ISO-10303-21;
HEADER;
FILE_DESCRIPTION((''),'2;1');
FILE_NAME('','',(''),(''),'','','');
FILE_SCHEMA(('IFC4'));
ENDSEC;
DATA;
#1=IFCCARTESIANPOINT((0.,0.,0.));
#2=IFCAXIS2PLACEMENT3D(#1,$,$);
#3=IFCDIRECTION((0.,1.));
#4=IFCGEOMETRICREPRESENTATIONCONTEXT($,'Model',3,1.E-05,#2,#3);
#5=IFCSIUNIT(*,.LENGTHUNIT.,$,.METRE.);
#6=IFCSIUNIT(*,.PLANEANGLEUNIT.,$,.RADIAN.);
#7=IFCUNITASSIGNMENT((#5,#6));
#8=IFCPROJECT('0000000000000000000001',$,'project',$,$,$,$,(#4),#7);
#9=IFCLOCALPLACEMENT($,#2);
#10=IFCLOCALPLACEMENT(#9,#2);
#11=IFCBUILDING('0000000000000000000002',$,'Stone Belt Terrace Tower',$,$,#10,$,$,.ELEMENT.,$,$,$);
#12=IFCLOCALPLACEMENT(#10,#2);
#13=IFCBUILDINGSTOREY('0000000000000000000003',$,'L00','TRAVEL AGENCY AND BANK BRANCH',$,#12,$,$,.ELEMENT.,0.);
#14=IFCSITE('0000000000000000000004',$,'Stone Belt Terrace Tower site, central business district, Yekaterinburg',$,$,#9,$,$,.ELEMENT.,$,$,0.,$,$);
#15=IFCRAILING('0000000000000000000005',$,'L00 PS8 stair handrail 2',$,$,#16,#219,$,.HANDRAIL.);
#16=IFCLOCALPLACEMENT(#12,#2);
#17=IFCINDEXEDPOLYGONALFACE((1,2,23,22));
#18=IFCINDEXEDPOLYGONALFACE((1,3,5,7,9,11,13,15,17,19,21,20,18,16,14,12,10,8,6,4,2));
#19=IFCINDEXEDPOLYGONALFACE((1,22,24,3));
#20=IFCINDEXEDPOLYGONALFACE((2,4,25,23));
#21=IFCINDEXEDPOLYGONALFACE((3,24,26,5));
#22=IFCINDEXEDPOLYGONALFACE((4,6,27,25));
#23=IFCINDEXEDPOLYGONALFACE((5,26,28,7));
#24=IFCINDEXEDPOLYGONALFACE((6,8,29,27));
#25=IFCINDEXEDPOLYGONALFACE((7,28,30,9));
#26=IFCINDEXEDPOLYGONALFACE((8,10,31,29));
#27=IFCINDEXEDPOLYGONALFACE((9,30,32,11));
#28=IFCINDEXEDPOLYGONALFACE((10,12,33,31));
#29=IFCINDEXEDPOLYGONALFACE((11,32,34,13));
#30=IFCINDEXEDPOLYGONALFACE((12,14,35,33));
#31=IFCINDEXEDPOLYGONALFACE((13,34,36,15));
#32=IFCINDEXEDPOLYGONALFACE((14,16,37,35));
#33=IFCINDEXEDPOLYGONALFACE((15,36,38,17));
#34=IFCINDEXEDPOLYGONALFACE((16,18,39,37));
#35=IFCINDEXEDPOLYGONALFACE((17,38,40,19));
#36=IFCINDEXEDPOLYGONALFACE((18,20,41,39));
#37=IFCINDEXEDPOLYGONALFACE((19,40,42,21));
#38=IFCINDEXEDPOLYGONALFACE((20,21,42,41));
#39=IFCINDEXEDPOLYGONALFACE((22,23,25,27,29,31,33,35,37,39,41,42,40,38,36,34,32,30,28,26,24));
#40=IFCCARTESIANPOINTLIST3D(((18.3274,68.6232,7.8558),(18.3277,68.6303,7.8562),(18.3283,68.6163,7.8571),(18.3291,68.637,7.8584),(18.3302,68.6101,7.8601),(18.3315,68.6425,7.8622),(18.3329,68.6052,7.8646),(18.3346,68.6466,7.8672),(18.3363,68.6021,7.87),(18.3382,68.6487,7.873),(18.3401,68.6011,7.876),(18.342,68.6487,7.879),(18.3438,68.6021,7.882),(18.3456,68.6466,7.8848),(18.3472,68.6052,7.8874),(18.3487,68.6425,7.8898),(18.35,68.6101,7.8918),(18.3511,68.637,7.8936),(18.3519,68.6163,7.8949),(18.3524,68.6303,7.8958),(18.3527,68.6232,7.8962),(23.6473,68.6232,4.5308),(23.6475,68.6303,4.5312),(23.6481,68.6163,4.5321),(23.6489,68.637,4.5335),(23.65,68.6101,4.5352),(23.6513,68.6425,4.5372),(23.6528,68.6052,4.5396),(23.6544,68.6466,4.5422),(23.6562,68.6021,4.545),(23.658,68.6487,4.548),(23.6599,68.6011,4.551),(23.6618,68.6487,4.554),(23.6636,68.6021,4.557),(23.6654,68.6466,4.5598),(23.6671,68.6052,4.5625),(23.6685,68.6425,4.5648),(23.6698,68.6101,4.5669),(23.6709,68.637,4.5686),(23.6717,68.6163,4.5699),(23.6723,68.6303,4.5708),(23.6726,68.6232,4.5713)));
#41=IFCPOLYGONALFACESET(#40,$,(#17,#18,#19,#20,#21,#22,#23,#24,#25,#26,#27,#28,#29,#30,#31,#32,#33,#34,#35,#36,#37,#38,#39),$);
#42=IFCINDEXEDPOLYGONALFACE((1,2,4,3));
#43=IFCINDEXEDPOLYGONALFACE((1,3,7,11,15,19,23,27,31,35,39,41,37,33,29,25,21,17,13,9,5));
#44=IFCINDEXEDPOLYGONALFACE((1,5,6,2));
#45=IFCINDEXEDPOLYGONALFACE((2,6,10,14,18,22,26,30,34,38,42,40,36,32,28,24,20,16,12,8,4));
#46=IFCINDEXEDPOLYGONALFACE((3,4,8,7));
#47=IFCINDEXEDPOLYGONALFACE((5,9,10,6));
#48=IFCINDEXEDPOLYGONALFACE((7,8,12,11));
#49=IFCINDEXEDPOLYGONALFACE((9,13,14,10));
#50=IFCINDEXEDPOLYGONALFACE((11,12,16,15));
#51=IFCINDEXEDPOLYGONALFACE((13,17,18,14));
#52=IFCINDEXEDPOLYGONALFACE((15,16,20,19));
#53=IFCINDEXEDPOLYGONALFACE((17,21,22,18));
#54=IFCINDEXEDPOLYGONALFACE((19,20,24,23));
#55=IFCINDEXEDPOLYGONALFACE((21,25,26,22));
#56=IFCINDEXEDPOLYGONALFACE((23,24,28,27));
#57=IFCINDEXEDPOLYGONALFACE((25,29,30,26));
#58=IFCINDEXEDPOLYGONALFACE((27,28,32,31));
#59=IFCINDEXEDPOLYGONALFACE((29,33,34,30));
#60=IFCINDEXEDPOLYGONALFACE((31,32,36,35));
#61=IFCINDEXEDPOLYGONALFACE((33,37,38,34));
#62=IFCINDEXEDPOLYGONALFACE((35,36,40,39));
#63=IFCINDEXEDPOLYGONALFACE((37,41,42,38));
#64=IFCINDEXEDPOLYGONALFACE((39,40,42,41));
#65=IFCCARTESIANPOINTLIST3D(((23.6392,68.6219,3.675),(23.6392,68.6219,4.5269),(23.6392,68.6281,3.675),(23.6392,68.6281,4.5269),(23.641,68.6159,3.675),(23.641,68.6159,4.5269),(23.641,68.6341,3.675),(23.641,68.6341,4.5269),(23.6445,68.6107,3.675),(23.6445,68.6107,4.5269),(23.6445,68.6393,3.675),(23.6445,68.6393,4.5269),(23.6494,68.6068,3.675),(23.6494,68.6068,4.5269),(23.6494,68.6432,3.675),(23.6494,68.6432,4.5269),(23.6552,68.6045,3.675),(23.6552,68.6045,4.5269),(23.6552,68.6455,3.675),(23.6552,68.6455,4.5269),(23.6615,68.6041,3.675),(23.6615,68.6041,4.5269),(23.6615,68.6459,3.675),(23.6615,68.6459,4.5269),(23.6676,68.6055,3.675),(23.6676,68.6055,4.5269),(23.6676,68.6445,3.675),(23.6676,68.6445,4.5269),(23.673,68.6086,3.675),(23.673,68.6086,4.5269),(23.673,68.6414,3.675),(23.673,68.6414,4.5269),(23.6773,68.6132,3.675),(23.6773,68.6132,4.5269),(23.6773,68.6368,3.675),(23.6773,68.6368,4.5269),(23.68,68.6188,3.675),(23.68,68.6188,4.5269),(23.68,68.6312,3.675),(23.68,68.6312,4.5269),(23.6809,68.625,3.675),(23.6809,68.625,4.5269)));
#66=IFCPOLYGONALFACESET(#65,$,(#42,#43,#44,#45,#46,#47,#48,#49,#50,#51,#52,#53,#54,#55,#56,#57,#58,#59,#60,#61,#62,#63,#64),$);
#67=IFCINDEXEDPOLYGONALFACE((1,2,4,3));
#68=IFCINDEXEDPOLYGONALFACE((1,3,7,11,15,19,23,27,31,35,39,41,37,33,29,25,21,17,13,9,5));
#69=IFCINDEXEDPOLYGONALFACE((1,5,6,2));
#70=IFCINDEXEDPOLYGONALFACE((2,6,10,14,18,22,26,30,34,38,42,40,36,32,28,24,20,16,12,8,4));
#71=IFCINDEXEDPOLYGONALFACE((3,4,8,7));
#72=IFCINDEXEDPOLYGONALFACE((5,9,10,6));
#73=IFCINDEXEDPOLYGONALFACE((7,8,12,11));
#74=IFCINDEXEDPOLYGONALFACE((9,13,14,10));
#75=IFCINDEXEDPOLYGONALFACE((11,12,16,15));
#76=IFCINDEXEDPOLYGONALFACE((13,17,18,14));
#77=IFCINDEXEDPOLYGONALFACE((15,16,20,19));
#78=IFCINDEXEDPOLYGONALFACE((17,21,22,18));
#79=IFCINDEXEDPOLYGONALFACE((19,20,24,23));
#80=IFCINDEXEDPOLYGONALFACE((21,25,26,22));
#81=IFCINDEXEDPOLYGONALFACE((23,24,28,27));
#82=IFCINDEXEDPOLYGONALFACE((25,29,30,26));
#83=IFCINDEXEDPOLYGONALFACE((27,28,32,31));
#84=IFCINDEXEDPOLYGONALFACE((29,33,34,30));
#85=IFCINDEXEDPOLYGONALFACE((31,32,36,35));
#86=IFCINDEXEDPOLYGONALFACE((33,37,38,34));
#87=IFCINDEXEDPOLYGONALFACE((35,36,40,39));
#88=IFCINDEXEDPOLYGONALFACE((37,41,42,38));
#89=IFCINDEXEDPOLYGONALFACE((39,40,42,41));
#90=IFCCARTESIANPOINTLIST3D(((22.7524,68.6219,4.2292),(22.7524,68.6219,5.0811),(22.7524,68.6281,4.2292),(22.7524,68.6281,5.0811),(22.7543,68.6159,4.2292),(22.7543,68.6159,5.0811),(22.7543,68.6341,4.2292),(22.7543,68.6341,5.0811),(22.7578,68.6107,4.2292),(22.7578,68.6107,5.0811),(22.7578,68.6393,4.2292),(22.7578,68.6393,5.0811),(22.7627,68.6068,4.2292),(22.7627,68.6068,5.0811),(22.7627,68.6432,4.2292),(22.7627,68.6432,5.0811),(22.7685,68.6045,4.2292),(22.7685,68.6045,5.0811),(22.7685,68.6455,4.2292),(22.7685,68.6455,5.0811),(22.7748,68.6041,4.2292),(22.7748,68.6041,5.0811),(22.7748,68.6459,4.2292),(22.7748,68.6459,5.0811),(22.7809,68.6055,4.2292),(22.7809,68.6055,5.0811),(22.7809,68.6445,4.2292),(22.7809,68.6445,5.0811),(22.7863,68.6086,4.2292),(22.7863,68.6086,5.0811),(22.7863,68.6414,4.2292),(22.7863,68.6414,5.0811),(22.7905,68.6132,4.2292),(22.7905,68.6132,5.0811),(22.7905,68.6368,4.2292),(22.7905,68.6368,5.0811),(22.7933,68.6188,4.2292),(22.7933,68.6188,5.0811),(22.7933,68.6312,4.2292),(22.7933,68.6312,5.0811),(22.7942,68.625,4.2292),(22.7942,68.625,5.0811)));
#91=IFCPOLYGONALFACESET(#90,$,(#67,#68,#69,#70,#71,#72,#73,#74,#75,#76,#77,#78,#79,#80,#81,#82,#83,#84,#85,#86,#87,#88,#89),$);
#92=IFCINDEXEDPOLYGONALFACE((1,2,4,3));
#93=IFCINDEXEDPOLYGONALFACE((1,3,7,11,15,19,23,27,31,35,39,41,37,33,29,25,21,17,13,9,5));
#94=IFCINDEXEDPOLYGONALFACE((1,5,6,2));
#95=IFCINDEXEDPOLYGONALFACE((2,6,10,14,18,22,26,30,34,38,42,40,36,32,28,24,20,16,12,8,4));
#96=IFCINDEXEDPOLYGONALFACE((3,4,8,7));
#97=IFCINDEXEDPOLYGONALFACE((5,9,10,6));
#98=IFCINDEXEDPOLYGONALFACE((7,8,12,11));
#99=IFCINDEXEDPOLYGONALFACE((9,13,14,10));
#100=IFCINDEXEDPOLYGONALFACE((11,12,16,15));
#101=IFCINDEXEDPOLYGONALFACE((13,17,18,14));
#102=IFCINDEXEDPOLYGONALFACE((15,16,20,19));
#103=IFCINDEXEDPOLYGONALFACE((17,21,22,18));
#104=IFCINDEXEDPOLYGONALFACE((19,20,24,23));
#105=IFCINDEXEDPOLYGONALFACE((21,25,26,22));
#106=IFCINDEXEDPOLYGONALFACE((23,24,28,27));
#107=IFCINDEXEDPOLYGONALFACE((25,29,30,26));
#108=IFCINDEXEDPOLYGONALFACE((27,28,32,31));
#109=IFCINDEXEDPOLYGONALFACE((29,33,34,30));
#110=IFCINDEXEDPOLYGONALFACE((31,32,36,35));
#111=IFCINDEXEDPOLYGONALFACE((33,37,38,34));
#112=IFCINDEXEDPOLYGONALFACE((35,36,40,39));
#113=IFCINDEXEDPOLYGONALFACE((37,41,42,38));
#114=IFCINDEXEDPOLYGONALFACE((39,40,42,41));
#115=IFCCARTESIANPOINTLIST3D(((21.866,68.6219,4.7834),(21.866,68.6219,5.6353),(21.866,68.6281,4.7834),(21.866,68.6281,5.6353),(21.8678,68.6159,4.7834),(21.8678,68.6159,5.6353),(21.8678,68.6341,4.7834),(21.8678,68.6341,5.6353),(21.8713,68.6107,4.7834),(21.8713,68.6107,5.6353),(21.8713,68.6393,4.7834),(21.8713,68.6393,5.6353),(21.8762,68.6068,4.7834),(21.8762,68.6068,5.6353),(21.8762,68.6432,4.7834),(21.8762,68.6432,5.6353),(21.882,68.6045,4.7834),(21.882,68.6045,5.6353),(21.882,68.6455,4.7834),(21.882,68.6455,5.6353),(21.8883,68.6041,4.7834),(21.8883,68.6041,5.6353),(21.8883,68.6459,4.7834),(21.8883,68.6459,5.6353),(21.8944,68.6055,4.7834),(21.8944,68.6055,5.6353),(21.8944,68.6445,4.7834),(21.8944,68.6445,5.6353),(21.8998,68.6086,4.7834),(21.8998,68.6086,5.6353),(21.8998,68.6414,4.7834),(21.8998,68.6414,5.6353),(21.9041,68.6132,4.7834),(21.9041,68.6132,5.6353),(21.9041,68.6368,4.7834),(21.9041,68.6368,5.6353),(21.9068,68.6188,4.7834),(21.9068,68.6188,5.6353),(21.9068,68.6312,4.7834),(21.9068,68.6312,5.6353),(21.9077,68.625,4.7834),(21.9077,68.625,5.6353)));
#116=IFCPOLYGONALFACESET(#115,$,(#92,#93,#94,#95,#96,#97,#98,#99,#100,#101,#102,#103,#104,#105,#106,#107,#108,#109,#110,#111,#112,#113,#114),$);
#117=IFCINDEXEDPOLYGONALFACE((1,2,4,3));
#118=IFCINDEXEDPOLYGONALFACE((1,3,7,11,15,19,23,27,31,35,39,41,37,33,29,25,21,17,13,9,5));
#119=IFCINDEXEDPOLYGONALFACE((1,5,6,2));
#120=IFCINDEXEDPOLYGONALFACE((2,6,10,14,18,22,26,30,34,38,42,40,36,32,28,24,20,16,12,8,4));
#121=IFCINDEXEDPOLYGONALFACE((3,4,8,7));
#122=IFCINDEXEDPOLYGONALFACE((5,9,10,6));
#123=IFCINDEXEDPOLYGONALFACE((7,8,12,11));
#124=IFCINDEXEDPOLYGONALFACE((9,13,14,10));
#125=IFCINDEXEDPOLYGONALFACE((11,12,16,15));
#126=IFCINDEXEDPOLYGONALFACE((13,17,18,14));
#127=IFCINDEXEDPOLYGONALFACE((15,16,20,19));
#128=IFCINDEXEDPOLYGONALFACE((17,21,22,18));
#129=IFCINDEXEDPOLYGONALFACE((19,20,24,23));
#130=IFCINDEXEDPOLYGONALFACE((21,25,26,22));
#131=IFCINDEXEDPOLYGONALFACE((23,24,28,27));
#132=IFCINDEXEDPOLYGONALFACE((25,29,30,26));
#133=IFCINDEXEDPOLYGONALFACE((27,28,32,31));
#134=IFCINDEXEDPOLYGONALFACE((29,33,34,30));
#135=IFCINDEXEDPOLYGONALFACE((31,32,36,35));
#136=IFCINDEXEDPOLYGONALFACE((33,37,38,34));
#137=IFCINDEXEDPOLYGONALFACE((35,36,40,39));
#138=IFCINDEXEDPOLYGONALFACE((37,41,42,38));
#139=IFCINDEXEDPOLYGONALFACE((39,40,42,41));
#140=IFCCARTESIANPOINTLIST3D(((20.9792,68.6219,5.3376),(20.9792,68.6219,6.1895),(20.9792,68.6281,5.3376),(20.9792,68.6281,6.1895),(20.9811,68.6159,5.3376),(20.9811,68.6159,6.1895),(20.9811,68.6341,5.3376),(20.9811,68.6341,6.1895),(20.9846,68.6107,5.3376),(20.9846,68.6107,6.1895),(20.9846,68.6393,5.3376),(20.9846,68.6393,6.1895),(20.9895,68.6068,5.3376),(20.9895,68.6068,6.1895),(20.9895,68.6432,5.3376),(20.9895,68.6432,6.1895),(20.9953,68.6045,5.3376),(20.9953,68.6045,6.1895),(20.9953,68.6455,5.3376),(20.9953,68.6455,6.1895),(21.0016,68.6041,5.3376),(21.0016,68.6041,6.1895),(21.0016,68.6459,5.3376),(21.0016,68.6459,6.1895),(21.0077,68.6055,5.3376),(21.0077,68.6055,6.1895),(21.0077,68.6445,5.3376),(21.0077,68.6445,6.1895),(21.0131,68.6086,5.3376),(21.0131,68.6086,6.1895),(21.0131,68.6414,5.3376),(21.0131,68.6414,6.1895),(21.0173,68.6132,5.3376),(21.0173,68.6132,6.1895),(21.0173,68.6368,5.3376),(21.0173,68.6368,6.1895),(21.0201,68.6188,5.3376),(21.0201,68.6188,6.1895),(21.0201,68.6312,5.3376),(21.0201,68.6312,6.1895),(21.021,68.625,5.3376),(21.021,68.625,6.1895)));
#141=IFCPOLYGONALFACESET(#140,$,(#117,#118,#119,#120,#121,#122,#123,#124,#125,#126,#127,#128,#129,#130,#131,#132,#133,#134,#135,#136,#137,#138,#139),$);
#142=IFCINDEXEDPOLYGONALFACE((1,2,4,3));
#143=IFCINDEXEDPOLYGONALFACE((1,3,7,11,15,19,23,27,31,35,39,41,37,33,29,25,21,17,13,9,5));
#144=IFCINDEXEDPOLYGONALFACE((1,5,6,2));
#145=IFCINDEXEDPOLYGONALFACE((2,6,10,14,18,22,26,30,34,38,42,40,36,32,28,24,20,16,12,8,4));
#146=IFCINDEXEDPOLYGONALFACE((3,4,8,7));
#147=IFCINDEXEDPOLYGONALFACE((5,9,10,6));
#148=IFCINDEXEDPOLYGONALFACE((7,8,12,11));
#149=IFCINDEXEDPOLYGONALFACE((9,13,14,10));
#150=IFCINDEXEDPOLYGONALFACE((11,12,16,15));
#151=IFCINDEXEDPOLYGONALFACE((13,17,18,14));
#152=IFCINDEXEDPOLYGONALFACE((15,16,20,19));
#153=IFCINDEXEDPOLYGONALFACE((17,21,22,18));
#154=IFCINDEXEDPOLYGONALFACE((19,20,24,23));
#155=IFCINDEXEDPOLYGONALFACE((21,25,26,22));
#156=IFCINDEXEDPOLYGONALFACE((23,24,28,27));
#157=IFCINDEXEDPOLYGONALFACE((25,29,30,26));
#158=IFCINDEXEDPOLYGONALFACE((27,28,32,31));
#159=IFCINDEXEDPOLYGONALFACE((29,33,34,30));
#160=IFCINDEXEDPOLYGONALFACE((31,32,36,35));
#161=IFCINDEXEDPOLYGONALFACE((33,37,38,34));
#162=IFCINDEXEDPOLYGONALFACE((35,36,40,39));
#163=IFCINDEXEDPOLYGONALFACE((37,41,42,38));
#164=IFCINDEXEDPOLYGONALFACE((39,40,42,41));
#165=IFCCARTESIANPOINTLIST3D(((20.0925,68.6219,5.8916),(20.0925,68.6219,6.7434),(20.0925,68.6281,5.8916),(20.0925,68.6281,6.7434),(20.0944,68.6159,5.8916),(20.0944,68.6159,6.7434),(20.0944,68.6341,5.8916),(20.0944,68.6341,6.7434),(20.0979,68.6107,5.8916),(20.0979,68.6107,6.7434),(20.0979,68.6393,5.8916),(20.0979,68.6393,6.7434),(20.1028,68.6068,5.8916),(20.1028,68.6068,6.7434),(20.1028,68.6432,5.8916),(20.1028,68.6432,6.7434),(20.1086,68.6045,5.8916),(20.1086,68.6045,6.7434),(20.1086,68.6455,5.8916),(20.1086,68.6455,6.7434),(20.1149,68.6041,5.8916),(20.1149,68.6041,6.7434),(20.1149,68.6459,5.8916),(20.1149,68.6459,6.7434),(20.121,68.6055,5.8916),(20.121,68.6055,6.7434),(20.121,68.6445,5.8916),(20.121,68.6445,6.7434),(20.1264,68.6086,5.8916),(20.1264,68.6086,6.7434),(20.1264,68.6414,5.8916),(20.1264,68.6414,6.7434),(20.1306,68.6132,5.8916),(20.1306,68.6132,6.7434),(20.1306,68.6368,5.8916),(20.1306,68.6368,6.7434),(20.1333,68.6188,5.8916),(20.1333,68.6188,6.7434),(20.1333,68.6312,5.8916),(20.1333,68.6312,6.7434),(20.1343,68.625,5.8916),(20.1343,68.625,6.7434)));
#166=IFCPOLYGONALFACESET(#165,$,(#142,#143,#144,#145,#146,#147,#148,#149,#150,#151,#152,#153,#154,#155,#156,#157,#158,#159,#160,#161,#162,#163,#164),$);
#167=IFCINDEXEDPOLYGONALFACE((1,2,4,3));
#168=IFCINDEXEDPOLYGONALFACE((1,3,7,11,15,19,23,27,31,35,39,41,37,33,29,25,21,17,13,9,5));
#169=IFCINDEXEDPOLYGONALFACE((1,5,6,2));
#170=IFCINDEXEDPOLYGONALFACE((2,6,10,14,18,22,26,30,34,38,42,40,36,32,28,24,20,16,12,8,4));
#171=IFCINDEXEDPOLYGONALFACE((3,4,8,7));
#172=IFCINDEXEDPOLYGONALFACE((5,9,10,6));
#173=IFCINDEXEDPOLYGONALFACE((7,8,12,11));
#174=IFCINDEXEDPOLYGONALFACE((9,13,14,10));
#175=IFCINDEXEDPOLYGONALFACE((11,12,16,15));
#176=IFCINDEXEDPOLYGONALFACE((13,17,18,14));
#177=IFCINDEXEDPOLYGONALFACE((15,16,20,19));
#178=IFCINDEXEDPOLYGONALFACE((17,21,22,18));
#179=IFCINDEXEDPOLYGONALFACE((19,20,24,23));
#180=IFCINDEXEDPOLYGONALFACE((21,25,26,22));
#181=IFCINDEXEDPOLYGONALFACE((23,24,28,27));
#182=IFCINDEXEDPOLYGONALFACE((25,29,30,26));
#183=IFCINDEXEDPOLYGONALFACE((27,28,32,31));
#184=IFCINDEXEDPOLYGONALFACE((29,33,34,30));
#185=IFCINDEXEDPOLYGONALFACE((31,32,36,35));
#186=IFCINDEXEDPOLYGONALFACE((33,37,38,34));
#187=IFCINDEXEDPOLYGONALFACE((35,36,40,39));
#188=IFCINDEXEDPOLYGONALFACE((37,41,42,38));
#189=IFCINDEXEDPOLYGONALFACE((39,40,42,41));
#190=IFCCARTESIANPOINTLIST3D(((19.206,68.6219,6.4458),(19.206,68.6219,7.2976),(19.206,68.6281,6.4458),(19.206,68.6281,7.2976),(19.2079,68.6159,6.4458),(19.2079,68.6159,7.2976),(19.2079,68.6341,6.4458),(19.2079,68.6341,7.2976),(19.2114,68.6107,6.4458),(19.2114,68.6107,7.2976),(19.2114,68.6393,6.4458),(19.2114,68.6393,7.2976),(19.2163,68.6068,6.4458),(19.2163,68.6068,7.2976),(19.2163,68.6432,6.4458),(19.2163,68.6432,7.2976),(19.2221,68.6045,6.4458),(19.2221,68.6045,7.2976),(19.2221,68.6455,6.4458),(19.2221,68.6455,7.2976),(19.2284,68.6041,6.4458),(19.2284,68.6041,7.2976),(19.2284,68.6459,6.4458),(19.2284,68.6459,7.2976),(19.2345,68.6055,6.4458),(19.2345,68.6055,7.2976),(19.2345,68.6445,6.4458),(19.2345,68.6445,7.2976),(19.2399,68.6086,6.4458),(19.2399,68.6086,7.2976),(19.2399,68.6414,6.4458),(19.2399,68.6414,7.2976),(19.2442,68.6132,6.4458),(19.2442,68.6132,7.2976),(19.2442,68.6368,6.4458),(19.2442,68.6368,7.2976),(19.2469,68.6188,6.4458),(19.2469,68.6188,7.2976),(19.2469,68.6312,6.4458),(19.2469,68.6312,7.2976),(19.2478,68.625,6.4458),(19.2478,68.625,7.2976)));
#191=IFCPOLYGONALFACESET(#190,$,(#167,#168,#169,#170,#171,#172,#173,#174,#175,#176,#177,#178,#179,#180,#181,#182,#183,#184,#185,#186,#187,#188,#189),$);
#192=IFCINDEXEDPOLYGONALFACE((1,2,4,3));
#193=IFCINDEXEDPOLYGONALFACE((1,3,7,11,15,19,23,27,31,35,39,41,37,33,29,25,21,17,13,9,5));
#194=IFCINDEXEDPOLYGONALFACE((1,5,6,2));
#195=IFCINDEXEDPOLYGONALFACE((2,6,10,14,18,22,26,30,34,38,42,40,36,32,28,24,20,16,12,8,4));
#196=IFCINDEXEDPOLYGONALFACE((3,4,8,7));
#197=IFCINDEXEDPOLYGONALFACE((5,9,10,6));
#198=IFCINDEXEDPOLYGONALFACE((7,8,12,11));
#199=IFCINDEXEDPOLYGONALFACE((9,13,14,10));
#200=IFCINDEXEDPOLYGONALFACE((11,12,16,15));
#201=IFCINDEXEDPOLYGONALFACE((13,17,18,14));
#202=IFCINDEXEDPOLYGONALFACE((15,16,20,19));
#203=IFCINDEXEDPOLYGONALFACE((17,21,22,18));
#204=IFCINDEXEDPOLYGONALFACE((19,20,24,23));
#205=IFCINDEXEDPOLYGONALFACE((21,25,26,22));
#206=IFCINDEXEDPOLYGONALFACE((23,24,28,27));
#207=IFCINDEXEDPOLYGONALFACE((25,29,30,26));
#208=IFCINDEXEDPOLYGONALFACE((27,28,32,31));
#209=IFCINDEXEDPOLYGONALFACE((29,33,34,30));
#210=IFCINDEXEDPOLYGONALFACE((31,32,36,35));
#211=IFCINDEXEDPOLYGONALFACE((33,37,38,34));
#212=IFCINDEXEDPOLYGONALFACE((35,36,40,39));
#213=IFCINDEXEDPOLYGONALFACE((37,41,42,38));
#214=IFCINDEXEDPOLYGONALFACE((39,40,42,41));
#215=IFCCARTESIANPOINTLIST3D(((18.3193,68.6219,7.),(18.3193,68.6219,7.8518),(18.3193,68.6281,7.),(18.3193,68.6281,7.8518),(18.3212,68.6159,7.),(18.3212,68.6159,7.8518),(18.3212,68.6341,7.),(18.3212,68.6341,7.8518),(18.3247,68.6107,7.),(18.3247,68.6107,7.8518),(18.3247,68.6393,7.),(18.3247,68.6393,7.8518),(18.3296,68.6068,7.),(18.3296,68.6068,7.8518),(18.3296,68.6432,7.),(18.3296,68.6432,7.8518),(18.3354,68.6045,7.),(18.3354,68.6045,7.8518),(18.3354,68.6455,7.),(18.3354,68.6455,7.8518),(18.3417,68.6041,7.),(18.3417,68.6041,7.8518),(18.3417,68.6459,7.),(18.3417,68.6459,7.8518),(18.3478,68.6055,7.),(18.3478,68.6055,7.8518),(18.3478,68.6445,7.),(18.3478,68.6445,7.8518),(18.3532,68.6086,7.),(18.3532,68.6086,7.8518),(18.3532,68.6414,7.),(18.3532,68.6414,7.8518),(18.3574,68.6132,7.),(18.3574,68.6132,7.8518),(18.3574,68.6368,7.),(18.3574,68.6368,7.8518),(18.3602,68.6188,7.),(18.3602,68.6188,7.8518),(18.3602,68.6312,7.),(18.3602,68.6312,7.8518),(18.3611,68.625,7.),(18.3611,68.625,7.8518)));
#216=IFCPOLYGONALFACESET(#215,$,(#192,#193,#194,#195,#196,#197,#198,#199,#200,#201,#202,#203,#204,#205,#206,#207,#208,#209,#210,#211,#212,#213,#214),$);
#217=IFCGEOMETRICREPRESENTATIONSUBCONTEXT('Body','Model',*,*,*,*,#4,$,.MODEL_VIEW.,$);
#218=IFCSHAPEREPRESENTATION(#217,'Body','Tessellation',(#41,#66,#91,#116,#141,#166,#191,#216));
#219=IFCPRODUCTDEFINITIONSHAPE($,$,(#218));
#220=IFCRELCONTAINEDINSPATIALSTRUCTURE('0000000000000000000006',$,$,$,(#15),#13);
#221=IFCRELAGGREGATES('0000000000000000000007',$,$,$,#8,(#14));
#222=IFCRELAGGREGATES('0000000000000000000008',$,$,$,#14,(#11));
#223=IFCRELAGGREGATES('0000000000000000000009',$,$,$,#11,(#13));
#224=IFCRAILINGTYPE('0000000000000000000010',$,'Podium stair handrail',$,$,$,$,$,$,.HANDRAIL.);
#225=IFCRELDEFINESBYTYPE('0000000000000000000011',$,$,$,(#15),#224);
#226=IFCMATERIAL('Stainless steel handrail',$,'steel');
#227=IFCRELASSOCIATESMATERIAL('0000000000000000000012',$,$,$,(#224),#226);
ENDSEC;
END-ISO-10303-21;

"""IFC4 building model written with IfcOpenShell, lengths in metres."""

from ifc_helpers import new_model, si_unit, direction, frame, origin, origin_2d, place, context, subcontext, project, spatial, circle, extrude, material, type_object, element, save


model = new_model("IFC4")

# Units and contexts
model_context = context("Model", 3, precision=1e-05, world=origin(), true_north=direction((0.0, 1.0)))
body_context = subcontext(model_context, "Body", "Model", "MODEL_VIEW")
ifc_project = project(units=[si_unit("LENGTHUNIT", "METRE"), si_unit("PLANEANGLEUNIT", "RADIAN")], contexts=[model_context])

# Site, building, storey
site_placement = place(None, origin())
site = spatial("IfcSite", under=ifc_project, at=site_placement, Name="Stone Belt Terrace Tower site, central business district, Yekaterinburg", CompositionType="ELEMENT", RefElevation=0.0)
building_placement = place(site_placement, origin())
building = spatial("IfcBuilding", under=site, at=building_placement, Name="Stone Belt Terrace Tower", CompositionType="ELEMENT")
storey_placement = place(building_placement, origin())
storey = spatial("IfcBuildingStorey", under=building, at=storey_placement, Name="L00", Description="TRAVEL AGENCY AND BANK BRANCH", CompositionType="ELEMENT", Elevation=0.0)

# Railing
ifc_material_1 = material(Name="Stainless steel handrail", Category="steel")
railing_type_1 = type_object("IfcRailingType", Name="Podium stair handrail", PredefinedType="HANDRAIL", material=ifc_material_1)
railing_1_placement = place(storey_placement, frame((23.6599, 68.625, 3.675)))
element("IfcRailing", 1, at=railing_1_placement, inside=storey, type_object=railing_type_1, Name="L00 PS8 stair handrail 2", PredefinedType="HANDRAIL", context=body_context, shape_type="SweptSolid", body=[
    extrude(circle(Radius=0.0239, at=origin_2d()), frame((0.0, 0.0, 0.876), z_axis=(-0.847994, 0.0, 0.530006), x_axis=(0.0, -1.0, 0.0)), (0.0, 0.0, 1.0), 6.2734),
    extrude(circle(Radius=0.021, at=origin_2d()), origin(), (0.0, 0.0, 1.0), 0.8518),
    extrude(circle(Radius=0.021, at=origin_2d()), frame((-0.8867, 0.0, 0.5542)), (0.0, 0.0, 1.0), 0.8518),
    extrude(circle(Radius=0.021, at=origin_2d()), frame((-1.7732, 0.0, 1.1084)), (0.0, 0.0, 1.0), 0.8518),
    extrude(circle(Radius=0.021, at=origin_2d()), frame((-2.6599, 0.0, 1.6626)), (0.0, 0.0, 1.0), 0.8518),
    extrude(circle(Radius=0.021, at=origin_2d()), frame((-3.5466, 0.0, 2.2166)), (0.0, 0.0, 1.0), 0.8518),
    extrude(circle(Radius=0.021, at=origin_2d()), frame((-4.4331, 0.0, 2.7708)), (0.0, 0.0, 1.0), 0.8518),
    extrude(circle(Radius=0.021, at=origin_2d()), frame((-5.3198, 0.0, 3.325)), (0.0, 0.0, 1.0), 0.8518),
])

save(model, "model.ifc")
